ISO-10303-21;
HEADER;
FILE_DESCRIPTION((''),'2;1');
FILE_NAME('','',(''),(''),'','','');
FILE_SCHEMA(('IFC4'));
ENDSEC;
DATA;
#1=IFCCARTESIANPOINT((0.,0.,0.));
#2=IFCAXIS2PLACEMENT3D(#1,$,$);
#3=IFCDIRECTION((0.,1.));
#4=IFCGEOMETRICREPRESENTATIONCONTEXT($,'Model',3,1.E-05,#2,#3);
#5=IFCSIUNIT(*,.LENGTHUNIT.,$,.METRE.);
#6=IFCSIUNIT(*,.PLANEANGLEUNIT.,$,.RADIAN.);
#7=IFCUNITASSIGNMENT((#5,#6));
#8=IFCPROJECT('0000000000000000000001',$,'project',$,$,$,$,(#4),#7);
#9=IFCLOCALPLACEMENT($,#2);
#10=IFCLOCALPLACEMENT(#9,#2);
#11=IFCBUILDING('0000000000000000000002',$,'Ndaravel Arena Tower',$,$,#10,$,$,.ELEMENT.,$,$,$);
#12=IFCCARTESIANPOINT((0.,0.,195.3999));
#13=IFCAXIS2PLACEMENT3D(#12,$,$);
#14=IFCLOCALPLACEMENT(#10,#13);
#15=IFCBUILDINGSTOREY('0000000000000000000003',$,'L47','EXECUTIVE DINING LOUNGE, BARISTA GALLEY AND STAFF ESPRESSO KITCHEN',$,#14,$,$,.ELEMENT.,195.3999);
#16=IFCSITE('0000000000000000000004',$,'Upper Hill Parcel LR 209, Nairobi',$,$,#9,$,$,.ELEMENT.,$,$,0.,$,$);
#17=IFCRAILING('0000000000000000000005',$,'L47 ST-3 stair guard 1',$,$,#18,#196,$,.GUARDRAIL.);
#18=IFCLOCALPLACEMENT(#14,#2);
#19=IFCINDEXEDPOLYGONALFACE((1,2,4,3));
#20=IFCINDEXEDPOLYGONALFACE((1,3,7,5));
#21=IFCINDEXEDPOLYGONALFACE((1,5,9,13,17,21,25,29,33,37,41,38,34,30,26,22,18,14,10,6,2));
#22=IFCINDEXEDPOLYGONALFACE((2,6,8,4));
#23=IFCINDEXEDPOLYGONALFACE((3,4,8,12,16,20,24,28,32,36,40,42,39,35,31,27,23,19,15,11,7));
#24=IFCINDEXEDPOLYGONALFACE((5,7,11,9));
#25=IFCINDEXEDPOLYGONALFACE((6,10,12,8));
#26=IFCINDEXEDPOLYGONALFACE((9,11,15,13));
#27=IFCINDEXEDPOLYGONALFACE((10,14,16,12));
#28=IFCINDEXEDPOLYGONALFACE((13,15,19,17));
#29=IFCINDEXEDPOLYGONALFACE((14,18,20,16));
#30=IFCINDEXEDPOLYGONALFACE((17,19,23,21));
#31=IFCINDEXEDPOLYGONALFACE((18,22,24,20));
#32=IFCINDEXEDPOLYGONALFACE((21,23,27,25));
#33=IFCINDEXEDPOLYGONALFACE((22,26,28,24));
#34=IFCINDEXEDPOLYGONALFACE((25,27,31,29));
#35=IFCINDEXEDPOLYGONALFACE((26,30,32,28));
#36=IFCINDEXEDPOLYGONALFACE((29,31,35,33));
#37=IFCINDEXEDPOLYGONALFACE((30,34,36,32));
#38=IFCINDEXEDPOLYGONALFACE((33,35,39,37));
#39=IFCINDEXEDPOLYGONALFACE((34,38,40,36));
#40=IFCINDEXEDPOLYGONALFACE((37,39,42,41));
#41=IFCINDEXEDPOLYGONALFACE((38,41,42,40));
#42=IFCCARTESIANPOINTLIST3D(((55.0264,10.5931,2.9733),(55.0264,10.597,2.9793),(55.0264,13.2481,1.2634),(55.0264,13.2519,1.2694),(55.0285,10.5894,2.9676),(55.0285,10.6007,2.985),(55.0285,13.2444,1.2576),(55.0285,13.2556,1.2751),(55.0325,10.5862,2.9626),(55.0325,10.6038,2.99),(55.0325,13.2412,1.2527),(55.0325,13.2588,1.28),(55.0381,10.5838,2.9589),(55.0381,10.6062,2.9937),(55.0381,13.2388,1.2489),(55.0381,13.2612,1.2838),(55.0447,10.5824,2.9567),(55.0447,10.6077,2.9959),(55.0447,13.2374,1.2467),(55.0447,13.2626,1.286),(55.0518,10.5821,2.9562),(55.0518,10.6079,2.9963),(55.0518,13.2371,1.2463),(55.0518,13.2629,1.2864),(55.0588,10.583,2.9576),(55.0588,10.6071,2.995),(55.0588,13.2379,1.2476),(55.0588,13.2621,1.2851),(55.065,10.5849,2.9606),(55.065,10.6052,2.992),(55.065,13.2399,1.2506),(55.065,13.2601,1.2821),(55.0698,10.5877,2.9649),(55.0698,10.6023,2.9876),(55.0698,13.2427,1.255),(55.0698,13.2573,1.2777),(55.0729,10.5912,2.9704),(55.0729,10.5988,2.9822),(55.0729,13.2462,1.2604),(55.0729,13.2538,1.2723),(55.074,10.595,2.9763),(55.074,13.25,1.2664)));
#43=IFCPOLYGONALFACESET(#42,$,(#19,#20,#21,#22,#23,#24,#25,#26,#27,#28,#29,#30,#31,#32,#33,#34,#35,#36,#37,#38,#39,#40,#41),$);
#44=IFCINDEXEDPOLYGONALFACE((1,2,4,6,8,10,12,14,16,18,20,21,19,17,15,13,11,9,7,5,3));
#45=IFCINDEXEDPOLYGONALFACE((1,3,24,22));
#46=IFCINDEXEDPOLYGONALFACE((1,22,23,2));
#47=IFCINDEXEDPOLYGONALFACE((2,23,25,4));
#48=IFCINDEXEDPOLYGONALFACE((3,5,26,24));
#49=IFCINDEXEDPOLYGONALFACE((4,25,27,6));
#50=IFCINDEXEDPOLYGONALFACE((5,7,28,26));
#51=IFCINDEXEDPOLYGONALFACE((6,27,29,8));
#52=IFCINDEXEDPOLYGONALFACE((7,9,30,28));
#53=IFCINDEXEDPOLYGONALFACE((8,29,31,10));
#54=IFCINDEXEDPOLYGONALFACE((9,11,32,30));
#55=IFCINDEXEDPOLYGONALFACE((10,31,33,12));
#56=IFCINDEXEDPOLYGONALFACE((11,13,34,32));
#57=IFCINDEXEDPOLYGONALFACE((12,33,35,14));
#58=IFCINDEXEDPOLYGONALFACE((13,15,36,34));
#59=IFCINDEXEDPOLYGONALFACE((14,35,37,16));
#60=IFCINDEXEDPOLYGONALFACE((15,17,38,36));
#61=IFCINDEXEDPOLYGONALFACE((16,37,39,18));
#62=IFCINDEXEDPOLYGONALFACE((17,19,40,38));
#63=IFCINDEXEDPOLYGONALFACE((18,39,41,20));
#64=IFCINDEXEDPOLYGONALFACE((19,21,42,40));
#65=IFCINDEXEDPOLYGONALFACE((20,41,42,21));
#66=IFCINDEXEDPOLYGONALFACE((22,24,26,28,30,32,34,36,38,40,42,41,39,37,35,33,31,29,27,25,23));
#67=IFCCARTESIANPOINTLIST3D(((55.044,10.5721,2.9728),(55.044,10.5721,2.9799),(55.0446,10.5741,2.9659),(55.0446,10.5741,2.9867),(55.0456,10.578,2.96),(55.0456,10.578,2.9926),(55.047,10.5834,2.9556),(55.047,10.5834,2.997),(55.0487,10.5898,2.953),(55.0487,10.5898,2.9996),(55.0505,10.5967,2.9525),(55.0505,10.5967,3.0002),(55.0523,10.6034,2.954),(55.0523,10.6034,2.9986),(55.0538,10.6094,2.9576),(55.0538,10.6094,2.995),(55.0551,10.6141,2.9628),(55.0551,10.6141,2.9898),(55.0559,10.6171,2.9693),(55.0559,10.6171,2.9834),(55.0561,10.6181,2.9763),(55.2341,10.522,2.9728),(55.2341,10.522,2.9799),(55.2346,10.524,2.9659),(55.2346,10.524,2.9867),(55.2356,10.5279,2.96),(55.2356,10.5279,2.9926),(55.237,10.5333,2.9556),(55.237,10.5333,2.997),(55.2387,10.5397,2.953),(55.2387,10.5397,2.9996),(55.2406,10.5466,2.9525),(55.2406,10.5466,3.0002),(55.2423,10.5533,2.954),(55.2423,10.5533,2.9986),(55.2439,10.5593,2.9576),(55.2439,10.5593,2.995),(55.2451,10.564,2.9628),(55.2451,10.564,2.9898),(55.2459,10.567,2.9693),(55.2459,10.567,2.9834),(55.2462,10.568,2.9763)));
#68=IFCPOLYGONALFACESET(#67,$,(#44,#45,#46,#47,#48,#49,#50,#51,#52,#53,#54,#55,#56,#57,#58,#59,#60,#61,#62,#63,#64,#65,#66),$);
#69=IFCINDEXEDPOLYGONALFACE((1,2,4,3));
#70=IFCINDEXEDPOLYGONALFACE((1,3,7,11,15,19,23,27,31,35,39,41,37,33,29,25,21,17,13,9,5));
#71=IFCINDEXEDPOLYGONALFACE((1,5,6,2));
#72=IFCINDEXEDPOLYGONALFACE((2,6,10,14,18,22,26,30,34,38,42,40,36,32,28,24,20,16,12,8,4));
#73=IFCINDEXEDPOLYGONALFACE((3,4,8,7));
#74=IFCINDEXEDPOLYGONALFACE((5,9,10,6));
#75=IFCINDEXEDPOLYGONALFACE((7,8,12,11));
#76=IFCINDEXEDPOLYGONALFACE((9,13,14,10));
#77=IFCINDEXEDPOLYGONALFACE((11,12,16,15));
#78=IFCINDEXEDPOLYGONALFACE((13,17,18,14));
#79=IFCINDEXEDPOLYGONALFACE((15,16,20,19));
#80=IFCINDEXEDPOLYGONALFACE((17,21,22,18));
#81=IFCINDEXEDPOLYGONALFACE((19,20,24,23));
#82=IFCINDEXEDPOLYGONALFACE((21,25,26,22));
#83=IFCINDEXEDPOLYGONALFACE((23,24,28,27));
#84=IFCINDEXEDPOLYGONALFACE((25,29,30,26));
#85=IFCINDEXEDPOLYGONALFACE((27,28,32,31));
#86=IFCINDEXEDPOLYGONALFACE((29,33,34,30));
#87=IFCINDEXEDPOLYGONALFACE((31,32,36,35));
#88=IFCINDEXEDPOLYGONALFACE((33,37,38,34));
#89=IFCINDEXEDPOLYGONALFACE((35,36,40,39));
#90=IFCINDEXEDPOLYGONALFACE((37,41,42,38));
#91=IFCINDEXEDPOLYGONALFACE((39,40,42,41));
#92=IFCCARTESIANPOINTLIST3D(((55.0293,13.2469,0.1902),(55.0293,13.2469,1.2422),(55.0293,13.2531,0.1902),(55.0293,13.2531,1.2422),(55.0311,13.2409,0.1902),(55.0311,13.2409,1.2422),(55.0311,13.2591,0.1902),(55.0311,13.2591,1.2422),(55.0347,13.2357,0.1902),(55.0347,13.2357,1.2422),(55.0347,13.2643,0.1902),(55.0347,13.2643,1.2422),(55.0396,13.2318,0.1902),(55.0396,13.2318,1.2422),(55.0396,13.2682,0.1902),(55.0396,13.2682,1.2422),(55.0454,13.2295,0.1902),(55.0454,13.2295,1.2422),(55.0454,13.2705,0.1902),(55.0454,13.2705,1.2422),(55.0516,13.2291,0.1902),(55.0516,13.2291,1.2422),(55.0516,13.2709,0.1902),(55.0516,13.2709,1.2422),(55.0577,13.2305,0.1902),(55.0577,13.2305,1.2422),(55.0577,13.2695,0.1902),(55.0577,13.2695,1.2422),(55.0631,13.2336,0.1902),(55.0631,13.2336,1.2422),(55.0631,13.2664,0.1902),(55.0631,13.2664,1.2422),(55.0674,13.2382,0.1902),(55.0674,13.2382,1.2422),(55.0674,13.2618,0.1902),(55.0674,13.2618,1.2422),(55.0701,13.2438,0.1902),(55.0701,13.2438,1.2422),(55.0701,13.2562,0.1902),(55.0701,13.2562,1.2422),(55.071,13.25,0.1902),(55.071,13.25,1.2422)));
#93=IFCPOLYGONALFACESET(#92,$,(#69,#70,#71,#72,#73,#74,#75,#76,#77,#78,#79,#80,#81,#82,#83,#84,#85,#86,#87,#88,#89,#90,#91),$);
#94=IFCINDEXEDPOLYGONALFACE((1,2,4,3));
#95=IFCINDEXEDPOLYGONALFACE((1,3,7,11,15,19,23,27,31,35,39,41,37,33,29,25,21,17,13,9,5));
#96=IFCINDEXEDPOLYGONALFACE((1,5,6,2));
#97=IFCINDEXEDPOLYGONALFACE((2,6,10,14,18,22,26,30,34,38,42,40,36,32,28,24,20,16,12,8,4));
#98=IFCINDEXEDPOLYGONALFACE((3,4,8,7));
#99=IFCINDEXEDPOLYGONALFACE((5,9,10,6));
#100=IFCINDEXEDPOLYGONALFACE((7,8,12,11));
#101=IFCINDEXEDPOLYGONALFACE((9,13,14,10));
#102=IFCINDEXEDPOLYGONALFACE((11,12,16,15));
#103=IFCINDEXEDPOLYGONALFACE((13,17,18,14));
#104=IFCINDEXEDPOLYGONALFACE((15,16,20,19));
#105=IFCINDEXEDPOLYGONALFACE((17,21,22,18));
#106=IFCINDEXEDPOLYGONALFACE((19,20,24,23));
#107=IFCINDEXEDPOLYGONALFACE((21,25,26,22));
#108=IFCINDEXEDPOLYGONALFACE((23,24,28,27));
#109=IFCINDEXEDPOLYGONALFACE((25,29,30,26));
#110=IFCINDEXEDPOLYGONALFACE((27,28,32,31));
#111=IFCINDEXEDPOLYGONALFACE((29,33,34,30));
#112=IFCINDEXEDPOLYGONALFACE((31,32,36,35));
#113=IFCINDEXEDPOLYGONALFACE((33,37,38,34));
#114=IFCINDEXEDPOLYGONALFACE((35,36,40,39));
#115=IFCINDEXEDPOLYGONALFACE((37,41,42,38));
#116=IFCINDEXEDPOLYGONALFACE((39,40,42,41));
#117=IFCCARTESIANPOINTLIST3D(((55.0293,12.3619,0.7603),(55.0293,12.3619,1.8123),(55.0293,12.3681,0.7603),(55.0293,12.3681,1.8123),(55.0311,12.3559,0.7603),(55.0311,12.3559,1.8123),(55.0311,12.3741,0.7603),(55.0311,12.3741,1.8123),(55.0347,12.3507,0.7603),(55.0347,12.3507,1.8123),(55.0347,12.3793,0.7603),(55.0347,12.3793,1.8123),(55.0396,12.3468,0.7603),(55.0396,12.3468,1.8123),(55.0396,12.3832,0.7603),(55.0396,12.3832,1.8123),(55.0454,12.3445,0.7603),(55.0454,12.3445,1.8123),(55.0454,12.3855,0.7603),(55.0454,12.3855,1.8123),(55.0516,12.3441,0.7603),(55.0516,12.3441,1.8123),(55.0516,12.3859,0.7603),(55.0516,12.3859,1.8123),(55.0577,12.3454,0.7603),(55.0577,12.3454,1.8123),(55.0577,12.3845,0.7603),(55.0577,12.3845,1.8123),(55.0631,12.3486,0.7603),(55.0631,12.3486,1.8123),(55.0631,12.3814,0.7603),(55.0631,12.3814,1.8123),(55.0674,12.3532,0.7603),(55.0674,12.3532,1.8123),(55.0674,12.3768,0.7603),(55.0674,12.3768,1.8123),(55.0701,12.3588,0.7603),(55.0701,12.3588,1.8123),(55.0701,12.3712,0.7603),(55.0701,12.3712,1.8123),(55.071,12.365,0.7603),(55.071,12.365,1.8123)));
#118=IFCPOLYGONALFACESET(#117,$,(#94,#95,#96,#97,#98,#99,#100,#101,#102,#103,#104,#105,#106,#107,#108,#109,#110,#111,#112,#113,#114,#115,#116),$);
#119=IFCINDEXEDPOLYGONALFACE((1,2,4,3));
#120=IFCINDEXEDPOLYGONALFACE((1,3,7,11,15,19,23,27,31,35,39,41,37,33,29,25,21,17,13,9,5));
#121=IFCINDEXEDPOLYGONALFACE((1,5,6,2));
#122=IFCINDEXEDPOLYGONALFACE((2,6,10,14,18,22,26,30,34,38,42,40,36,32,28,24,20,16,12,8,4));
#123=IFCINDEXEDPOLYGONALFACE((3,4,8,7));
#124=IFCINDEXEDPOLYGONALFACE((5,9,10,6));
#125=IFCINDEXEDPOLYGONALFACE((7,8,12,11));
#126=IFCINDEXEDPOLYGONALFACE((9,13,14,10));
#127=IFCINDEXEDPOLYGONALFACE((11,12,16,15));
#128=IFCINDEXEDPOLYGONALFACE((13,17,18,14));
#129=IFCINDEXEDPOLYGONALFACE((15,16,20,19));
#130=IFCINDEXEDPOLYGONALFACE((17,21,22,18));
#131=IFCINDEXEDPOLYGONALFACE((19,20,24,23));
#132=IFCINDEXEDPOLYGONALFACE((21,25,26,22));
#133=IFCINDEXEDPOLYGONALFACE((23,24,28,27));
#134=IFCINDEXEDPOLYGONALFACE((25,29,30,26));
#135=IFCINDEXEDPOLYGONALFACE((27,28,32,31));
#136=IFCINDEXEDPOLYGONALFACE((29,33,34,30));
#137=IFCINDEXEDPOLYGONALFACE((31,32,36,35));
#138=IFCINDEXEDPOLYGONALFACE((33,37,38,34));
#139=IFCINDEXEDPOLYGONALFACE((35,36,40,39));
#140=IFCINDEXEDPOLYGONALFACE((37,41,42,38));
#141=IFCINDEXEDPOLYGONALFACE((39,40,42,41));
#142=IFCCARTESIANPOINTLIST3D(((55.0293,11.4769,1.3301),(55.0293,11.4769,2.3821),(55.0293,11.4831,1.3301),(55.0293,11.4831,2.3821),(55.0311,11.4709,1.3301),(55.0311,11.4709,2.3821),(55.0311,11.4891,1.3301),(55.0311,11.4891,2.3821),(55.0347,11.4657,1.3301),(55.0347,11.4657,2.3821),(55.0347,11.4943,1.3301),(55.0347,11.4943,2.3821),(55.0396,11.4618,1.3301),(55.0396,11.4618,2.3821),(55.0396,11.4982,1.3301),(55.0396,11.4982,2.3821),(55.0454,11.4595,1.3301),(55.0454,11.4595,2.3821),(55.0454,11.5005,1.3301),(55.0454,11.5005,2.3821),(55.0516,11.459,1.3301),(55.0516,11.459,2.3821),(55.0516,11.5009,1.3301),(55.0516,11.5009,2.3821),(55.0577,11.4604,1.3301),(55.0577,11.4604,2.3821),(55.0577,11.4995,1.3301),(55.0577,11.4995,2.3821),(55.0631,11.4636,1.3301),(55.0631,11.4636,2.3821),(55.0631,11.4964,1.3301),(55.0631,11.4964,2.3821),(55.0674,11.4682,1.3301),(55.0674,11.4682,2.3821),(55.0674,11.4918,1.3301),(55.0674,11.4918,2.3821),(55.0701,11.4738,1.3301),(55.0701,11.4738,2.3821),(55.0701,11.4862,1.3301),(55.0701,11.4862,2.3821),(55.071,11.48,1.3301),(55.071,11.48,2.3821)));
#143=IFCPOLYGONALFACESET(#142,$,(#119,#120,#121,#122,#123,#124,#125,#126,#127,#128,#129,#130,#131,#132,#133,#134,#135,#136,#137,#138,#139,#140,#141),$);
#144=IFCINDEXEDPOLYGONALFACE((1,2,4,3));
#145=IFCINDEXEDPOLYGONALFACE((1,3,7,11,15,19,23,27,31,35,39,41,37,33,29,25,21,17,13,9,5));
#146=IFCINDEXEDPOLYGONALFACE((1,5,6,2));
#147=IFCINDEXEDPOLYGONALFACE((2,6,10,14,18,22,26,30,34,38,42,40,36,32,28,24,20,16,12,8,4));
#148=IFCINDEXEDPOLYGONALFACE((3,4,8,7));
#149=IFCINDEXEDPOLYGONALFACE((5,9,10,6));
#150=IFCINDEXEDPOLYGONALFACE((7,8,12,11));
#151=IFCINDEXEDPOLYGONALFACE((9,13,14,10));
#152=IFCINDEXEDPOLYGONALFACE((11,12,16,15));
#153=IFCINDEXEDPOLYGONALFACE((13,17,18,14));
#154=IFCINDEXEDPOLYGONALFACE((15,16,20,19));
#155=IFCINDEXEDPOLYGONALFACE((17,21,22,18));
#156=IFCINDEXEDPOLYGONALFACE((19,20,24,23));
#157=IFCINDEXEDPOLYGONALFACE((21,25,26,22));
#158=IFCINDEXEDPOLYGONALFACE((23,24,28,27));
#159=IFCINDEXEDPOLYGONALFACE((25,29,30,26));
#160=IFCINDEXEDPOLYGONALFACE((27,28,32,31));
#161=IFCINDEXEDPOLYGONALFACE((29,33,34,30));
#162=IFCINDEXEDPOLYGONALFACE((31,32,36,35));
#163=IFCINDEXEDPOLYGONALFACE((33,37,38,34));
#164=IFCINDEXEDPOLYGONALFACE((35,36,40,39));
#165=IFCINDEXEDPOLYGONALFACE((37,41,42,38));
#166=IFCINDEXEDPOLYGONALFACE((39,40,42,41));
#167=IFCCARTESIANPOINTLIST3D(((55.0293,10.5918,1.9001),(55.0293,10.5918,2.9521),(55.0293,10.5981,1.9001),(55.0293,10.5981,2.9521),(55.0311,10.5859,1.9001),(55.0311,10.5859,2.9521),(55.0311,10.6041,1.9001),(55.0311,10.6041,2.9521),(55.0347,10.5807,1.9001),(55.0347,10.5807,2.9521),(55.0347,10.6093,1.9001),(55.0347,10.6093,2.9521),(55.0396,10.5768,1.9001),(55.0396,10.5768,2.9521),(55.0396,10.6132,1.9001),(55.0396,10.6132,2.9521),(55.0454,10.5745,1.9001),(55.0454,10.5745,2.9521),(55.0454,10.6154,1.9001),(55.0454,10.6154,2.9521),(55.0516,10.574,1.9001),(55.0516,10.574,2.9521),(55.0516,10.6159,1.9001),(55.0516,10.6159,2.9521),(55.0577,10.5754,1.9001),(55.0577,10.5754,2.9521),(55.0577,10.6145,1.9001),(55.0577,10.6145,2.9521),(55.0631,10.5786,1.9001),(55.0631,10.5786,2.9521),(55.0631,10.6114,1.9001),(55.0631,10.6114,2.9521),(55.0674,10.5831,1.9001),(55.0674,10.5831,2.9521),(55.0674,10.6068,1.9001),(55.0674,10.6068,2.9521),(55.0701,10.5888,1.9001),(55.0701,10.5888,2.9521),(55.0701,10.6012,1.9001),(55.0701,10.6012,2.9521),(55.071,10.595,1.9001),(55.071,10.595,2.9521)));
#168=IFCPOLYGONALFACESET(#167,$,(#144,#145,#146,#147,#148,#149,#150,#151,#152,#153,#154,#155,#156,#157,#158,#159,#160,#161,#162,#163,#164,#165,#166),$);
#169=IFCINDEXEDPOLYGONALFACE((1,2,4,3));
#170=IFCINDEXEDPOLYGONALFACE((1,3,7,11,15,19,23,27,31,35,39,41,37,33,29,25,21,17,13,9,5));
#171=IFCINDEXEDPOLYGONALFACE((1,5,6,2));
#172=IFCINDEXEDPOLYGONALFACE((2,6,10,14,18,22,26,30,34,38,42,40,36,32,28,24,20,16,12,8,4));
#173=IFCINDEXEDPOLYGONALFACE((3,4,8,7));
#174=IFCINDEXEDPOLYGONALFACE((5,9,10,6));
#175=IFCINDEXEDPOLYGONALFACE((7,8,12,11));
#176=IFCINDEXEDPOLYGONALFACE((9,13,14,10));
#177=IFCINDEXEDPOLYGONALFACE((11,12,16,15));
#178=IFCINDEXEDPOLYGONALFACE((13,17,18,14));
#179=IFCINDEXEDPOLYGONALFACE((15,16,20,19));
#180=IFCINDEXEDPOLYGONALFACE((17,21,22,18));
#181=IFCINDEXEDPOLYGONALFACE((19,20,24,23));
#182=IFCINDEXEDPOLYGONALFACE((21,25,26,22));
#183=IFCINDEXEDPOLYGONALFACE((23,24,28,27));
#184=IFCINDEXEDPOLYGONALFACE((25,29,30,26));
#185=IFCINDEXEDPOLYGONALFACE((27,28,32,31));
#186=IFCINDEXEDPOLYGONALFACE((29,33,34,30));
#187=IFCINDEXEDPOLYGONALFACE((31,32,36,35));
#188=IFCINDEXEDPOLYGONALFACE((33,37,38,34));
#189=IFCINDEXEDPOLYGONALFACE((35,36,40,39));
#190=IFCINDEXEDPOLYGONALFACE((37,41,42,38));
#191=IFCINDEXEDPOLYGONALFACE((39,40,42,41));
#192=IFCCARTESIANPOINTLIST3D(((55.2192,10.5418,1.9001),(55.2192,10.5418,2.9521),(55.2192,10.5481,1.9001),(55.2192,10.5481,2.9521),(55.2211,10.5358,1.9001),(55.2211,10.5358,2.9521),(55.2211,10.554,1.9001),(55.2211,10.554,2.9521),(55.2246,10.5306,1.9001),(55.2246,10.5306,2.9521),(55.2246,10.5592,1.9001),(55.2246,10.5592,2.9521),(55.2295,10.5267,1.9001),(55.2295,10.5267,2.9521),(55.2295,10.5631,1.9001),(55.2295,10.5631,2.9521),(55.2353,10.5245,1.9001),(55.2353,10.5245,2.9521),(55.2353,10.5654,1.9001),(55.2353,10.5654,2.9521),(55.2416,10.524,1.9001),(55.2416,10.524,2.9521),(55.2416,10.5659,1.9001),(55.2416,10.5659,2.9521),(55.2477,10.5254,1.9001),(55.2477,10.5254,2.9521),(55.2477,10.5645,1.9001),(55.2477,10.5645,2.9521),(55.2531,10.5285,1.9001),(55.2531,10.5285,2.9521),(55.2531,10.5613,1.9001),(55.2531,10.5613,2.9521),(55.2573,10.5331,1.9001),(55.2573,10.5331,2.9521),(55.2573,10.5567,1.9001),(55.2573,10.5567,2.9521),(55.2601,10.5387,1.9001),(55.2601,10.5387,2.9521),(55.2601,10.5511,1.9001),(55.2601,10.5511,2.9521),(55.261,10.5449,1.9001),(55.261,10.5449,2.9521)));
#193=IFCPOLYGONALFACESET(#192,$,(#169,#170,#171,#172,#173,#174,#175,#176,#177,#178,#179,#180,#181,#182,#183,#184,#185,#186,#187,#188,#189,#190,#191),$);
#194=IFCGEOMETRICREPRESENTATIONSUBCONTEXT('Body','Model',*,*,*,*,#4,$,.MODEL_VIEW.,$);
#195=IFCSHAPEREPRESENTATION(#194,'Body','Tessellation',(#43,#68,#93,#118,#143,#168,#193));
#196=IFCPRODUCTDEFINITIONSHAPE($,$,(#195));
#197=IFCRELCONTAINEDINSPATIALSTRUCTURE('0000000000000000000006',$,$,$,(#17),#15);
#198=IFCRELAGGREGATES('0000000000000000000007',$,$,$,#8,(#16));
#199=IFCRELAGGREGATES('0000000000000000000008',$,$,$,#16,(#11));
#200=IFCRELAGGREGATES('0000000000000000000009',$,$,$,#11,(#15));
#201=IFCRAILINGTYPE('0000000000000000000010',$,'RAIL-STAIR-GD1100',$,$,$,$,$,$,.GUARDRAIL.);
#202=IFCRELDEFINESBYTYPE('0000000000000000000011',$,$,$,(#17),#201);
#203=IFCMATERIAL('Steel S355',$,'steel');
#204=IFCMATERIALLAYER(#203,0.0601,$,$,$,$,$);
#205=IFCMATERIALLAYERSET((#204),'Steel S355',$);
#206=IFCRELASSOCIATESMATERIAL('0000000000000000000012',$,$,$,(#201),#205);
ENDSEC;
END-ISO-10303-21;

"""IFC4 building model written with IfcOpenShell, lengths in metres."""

from ifc_helpers import new_model, si_unit, direction, frame, origin, origin_2d, place, context, subcontext, project, spatial, circle, extrude, material, layer, layer_set, type_object, element, save


model = new_model("IFC4")

# Units and contexts
model_context = context("Model", 3, precision=1e-05, world=origin(), true_north=direction((0.0, 1.0)))
body_context = subcontext(model_context, "Body", "Model", "MODEL_VIEW")
ifc_project = project(units=[si_unit("LENGTHUNIT", "METRE"), si_unit("PLANEANGLEUNIT", "RADIAN")], contexts=[model_context])

# Site, building, storey
site_placement = place(None, origin())
site = spatial("IfcSite", under=ifc_project, at=site_placement, Name="Upper Hill Parcel LR 209, Nairobi", CompositionType="ELEMENT", RefElevation=0.0)
building_placement = place(site_placement, origin())
building = spatial("IfcBuilding", under=site, at=building_placement, Name="Ndaravel Arena Tower", CompositionType="ELEMENT")
storey_placement = place(building_placement, frame((0.0, 0.0, 195.3999)))
storey = spatial("IfcBuildingStorey", under=building, at=storey_placement, Name="L47", Description="EXECUTIVE DINING LOUNGE, BARISTA GALLEY AND STAFF ESPRESSO KITCHEN", CompositionType="ELEMENT", Elevation=195.3999)

# Railing
ifc_material_1 = material(Name="Steel S355", Category="steel")
ifc_layer_1 = layer(ifc_material_1, 0.0601)
ifc_layer_set_1 = layer_set([ifc_layer_1], Name="Steel S355")
railing_type = type_object("IfcRailingType", Name="RAIL-STAIR-GD1100", PredefinedType="GUARDRAIL", material=ifc_layer_set_1)
railing_1_placement = place(storey_placement, frame((55.05, 13.25, 0.1902)))
element("IfcRailing", 1, at=railing_1_placement, inside=storey, type_object=railing_type, Name="L47 ST-3 stair guard 1", PredefinedType="GUARDRAIL", context=body_context, shape_type="SweptSolid", body=[
    extrude(circle(Radius=0.0239, at=origin_2d()), frame((0.0, 0.0, 1.0762), z_axis=(0.0, -0.840724, 0.541465), x_axis=(1.0, 0.0, 0.0)), (0.0, 0.0, 1.0), 3.158),
    extrude(circle(Radius=0.0239, at=origin_2d()), frame((0.0, -2.655, 2.7861), z_axis=(0.966994, -0.254799, 0.0), x_axis=(0.254799, 0.966994, 0.0)), (0.0, 0.0, 1.0), 0.1965),
    extrude(circle(Radius=0.021, at=origin_2d()), origin(), (0.0, 0.0, 1.0), 1.052),
    extrude(circle(Radius=0.021, at=origin_2d()), frame((0.0, -0.885, 0.5701)), (0.0, 0.0, 1.0), 1.052),
    extrude(circle(Radius=0.021, at=origin_2d()), frame((0.0, -1.77, 1.1399)), (0.0, 0.0, 1.0), 1.052),
    extrude(circle(Radius=0.021, at=origin_2d()), frame((0.0, -2.655, 1.71)), (0.0, 0.0, 1.0), 1.052),
    extrude(circle(Radius=0.021, at=origin_2d()), frame((0.1899, -2.7051, 1.71)), (0.0, 0.0, 1.0), 1.052),
])

save(model, "model.ifc")
